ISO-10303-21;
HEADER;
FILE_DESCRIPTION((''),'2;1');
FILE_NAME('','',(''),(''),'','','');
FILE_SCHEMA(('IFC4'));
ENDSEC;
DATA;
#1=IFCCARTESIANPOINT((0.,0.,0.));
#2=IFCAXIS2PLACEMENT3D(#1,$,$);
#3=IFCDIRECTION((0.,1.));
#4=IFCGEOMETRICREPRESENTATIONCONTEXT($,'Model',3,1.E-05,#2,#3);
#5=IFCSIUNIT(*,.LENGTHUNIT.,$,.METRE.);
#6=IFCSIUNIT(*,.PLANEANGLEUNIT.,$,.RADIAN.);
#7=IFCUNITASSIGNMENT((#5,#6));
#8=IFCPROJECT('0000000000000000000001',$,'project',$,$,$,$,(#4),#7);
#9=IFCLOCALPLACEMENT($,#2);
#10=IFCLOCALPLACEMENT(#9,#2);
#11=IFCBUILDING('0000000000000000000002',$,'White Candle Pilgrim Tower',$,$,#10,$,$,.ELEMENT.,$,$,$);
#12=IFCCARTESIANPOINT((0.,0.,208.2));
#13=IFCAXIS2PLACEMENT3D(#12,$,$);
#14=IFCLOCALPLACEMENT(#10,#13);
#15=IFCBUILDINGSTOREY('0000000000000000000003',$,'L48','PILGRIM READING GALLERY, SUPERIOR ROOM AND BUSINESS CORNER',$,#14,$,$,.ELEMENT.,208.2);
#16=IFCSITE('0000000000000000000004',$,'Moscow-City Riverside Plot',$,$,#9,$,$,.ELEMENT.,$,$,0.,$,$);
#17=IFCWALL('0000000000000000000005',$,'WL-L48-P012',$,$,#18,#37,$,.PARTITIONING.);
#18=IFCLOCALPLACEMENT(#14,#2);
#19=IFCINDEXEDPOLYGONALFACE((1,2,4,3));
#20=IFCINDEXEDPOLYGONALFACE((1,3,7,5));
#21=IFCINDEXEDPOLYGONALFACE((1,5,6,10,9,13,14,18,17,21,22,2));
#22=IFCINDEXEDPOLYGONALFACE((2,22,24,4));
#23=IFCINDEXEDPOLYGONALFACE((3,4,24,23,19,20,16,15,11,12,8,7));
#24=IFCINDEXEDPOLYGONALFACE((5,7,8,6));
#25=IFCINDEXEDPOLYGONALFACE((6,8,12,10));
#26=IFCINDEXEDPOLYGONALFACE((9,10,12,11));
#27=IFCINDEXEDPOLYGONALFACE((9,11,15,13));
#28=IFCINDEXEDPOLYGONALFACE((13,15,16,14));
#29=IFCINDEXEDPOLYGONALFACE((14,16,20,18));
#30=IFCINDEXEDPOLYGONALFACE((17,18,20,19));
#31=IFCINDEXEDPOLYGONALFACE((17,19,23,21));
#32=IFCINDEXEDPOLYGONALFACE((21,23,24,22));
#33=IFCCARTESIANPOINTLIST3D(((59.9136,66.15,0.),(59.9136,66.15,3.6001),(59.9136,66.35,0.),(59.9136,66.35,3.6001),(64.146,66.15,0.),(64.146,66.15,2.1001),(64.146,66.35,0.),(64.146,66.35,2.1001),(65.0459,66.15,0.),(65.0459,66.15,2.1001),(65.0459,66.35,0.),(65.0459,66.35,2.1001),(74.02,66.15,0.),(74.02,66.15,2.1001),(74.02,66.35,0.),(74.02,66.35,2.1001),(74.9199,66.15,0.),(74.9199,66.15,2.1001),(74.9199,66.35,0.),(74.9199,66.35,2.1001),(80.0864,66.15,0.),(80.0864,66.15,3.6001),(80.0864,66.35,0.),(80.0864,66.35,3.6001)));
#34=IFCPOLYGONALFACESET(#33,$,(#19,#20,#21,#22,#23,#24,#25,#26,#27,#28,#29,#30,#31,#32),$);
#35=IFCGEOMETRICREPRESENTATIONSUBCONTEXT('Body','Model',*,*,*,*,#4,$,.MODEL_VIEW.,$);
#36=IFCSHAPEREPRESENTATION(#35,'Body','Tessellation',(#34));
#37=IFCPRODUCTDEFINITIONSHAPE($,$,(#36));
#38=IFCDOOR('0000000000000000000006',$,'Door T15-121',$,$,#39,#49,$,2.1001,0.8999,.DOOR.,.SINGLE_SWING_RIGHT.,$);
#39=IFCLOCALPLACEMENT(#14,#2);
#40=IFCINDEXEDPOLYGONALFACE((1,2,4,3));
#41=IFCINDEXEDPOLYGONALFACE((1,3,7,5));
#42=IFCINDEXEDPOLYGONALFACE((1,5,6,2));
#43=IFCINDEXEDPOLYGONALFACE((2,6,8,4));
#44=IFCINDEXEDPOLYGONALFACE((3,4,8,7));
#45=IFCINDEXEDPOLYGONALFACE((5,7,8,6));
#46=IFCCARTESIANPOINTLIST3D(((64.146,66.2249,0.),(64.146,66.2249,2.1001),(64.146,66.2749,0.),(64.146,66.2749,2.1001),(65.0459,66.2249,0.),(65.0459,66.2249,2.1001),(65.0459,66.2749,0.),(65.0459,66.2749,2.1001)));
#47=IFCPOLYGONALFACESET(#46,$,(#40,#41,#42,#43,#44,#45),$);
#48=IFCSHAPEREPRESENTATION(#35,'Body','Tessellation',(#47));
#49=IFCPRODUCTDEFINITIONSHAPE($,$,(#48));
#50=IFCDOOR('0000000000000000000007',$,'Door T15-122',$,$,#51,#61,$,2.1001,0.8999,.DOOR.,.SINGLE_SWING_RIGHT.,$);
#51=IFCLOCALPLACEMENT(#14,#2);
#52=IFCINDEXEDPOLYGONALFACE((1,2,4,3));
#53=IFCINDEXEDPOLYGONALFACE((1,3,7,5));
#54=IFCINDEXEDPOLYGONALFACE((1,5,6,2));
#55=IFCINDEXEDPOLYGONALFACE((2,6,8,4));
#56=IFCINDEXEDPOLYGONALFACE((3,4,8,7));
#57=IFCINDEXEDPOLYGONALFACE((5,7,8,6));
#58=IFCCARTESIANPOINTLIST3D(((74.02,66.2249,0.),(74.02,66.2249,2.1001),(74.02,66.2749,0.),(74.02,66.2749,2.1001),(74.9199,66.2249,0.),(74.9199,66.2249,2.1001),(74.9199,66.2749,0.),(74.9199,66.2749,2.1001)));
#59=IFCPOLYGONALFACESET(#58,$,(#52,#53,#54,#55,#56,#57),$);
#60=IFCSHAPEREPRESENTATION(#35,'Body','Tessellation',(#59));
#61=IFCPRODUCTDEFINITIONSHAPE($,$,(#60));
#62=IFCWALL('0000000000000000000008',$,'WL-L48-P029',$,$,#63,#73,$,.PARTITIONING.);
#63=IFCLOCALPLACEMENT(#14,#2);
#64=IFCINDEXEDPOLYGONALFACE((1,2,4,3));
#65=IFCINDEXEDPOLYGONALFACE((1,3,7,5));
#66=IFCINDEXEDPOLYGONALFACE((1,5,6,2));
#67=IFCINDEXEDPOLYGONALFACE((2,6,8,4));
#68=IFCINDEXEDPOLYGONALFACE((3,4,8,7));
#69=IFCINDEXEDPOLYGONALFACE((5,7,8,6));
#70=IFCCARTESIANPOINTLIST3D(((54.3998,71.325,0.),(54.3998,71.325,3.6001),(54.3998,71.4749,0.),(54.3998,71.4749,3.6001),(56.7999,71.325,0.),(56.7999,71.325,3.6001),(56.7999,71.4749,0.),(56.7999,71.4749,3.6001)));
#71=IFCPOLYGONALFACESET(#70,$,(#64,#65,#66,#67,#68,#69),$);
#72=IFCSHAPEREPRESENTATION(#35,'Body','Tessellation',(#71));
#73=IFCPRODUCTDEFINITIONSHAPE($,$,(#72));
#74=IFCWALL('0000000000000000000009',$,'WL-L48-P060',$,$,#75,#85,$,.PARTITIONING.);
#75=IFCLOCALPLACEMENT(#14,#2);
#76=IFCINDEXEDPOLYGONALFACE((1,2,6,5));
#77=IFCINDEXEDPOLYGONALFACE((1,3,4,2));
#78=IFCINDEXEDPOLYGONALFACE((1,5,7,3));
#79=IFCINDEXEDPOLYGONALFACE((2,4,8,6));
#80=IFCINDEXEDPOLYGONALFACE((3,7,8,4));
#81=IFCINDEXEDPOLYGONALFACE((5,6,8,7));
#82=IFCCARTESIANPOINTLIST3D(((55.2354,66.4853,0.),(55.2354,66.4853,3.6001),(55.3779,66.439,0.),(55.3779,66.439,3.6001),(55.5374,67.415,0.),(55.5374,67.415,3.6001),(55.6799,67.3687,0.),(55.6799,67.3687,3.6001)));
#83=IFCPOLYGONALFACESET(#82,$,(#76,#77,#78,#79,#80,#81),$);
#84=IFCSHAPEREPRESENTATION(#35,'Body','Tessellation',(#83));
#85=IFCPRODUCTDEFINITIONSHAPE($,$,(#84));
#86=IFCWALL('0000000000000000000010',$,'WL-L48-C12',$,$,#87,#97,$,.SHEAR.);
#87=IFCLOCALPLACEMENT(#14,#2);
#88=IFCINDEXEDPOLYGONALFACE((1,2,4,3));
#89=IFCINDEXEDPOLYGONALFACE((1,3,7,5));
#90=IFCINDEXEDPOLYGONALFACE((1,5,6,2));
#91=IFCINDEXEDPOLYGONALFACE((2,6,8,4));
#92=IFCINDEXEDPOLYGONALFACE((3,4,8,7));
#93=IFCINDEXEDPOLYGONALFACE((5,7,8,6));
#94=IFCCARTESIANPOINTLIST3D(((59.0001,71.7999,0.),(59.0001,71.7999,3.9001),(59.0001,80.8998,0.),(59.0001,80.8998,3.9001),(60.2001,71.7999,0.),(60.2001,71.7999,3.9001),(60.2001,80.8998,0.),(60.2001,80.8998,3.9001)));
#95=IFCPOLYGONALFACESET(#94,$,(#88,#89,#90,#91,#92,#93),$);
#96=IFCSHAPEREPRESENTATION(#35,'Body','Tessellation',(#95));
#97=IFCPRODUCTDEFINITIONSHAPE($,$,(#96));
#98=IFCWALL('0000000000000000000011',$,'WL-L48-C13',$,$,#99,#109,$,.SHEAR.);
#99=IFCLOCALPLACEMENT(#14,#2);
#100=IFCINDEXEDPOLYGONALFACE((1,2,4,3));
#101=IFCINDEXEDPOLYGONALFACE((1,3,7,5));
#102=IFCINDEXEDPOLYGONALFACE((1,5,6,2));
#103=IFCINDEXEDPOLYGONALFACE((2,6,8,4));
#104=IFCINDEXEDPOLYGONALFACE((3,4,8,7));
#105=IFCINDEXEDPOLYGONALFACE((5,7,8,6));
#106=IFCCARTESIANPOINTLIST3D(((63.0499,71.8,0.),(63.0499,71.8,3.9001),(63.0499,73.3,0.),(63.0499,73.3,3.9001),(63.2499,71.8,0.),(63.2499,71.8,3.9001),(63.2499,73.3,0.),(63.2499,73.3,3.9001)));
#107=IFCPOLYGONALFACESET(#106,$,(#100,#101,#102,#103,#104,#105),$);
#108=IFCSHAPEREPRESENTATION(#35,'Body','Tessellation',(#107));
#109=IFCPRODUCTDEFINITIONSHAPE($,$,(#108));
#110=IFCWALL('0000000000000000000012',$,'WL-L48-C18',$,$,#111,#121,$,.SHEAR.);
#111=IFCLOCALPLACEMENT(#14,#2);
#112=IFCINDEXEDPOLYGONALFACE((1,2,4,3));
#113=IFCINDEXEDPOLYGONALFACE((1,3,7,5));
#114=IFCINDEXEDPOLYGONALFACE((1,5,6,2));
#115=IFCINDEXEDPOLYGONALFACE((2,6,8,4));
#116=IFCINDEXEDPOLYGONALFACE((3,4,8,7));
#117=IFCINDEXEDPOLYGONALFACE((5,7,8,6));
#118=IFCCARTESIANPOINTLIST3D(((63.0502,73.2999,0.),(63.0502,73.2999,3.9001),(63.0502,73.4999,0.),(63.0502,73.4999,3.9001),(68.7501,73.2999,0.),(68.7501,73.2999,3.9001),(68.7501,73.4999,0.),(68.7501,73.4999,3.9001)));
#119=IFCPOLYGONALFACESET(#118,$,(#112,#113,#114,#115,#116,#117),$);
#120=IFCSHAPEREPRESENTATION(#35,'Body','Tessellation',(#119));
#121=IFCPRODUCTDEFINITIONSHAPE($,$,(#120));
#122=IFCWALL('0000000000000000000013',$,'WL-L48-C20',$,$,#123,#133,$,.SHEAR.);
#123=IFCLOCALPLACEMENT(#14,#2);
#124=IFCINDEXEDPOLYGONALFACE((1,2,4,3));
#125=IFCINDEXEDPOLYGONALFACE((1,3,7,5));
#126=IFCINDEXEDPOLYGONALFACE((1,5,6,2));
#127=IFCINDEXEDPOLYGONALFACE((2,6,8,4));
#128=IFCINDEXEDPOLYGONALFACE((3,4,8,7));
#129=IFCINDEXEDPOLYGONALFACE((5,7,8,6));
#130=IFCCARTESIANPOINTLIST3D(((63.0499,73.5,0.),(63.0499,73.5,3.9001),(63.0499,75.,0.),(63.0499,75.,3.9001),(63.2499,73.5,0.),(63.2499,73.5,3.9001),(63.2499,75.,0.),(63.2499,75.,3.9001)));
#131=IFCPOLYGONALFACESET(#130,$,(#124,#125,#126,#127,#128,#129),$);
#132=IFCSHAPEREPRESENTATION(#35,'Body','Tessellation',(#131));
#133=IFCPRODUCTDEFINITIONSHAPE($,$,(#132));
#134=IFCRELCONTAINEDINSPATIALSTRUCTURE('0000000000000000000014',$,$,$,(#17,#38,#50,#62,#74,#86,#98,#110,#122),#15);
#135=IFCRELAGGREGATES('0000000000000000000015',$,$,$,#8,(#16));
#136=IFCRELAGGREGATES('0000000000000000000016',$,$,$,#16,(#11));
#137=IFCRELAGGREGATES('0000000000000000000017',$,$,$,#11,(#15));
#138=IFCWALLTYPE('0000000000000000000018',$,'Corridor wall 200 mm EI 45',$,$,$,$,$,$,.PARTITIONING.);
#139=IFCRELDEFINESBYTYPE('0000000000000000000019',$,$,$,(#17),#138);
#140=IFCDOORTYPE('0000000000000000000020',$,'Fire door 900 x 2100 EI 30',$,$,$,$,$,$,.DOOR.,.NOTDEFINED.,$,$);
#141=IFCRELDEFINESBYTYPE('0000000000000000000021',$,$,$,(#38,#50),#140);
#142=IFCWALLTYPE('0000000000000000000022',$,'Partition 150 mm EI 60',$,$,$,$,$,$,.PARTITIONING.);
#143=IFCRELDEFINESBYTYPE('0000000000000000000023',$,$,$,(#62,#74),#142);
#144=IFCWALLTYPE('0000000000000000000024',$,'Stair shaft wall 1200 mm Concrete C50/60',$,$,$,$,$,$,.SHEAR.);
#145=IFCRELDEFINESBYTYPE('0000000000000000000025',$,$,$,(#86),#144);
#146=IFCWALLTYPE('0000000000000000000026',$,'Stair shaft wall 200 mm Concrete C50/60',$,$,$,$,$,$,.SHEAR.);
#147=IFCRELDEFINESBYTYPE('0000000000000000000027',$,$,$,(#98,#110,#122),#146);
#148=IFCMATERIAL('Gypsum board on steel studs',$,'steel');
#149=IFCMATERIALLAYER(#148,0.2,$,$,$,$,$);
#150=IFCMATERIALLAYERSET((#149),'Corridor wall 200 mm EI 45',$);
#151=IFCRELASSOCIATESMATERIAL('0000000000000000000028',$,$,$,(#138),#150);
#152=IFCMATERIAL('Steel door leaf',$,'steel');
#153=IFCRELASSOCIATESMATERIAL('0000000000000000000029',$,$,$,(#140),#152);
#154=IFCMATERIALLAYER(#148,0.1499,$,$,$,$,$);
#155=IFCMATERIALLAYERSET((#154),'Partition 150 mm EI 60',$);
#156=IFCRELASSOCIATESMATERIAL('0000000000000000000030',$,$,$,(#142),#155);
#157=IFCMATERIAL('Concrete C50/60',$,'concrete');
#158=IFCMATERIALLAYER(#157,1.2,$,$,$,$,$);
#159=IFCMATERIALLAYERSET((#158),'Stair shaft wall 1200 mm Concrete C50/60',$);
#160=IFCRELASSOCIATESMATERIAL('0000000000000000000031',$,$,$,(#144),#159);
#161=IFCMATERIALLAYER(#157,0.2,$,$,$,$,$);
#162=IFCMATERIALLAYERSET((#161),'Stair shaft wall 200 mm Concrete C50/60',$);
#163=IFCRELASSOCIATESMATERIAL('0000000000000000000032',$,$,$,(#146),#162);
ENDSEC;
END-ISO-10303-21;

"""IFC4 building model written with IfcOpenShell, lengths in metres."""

from ifc_helpers import new_model, si_unit, direction, frame, frame_2d, origin, place, context, subcontext, project, spatial, rectangle, extrude, material, layer, layer_set, type_object, element, fill, save


model = new_model("IFC4")

# Units and contexts
model_context = context("Model", 3, precision=1e-05, world=origin(), true_north=direction((0.0, 1.0)))
body_context = subcontext(model_context, "Body", "Model", "MODEL_VIEW")
ifc_project = project(units=[si_unit("LENGTHUNIT", "METRE"), si_unit("PLANEANGLEUNIT", "RADIAN")], contexts=[model_context])

# Site, building, storey
site_placement = place(None, origin())
site = spatial("IfcSite", under=ifc_project, at=site_placement, Name="Moscow-City Riverside Plot", CompositionType="ELEMENT", RefElevation=0.0)
building_placement = place(site_placement, origin())
building = spatial("IfcBuilding", under=site, at=building_placement, Name="White Candle Pilgrim Tower", CompositionType="ELEMENT")
storey_placement = place(building_placement, frame((0.0, 0.0, 208.2)))
storey = spatial("IfcBuildingStorey", under=building, at=storey_placement, Name="L48", Description="PILGRIM READING GALLERY, SUPERIOR ROOM AND BUSINESS CORNER", CompositionType="ELEMENT", Elevation=208.2)

# Shared definitions
ifc_material_1 = material(Name="Gypsum board on steel studs", Category="steel")
ifc_layer_1 = layer(ifc_material_1, 0.2)
ifc_layer_set_1 = layer_set([ifc_layer_1], Name="Corridor wall 200 mm EI 45")
wall_type_1 = type_object("IfcWallType", Name="Corridor wall 200 mm EI 45", PredefinedType="PARTITIONING", material=ifc_layer_set_1)
ifc_material_2 = material(Name="Steel door leaf", Category="steel")
door_type_1 = type_object("IfcDoorType", Name="Fire door 900 x 2100 EI 30", OperationType="NOTDEFINED", PredefinedType="DOOR", material=ifc_material_2)

# Wall, openings, doors
wall_1_placement = place(storey_placement, frame((59.9136, 66.25, 0.0), z_axis=(0.0, 0.0, 1.0), x_axis=(1.0, 0.0, 0.0)))
wall_1 = element("IfcWall", 1, at=wall_1_placement, inside=storey, type_object=wall_type_1, Name="WL-L48-P012", PredefinedType="PARTITIONING", context=body_context, shape_type="SweptSolid", body=[
    extrude(rectangle(XDim=20.1729, YDim=0.2, at=frame_2d((10.0864, 0.0))), origin(), (0.0, 0.0, 1.0), 3.6001),
])
opening_1_placement = place(wall_1_placement, frame((4.2324, 0.0, 0.0)))
opening_1 = element("IfcOpeningElement", 2, at=opening_1_placement, cuts=wall_1, PredefinedType="OPENING", context=body_context, shape_type="SweptSolid", body=[
    extrude(rectangle(XDim=0.8999, YDim=2.1001, at=frame_2d((0.45, 1.05))), frame((0.0, 0.1099, 0.0), z_axis=(0.0, -1.0, 0.0), x_axis=(1.0, 0.0, 0.0)), (0.0, 0.0, 1.0), 0.22),
])
opening_2_placement = place(wall_1_placement, frame((14.1064, 0.0, 0.0)))
opening_2 = element("IfcOpeningElement", 3, at=opening_2_placement, cuts=wall_1, PredefinedType="OPENING", context=body_context, shape_type="SweptSolid", body=[
    extrude(rectangle(XDim=0.8999, YDim=2.1001, at=frame_2d((0.45, 1.05))), frame((0.0, 0.1099, 0.0), z_axis=(0.0, -1.0, 0.0), x_axis=(1.0, 0.0, 0.0)), (0.0, 0.0, 1.0), 0.22),
])
door_1_placement = place(opening_1_placement, origin())
door_1 = element("IfcDoor", 4, at=door_1_placement, inside=storey, type_object=door_type_1, Name="Door T15-121", OperationType="SINGLE_SWING_RIGHT", OverallHeight=2.1001, OverallWidth=0.8999, PredefinedType="DOOR", context=body_context, shape_type="SweptSolid", body=[
    extrude(rectangle(XDim=0.8999, YDim=2.1001, at=frame_2d((0.45, 1.05))), frame((0.0, 0.0249, 0.0), z_axis=(0.0, -1.0, 0.0), x_axis=(1.0, 0.0, 0.0)), (0.0, 0.0, 1.0), 0.05),
])
fill(opening_1, door_1)
door_2_placement = place(opening_2_placement, origin())
door_2 = element("IfcDoor", 5, at=door_2_placement, inside=storey, type_object=door_type_1, Name="Door T15-122", OperationType="SINGLE_SWING_RIGHT", OverallHeight=2.1001, OverallWidth=0.8999, PredefinedType="DOOR", context=body_context, shape_type="SweptSolid", body=[
    extrude(rectangle(XDim=0.8999, YDim=2.1001, at=frame_2d((0.45, 1.05))), frame((0.0, 0.0249, 0.0), z_axis=(0.0, -1.0, 0.0), x_axis=(1.0, 0.0, 0.0)), (0.0, 0.0, 1.0), 0.05),
])
fill(opening_2, door_2)

# Walls
ifc_layer_2 = layer(ifc_material_1, 0.1499)
ifc_layer_set_2 = layer_set([ifc_layer_2], Name="Partition 150 mm EI 60")
wall_type_2 = type_object("IfcWallType", Name="Partition 150 mm EI 60", PredefinedType="PARTITIONING", material=ifc_layer_set_2)
wall_2_placement = place(storey_placement, frame((56.8, 71.3999, 0.0), z_axis=(0.0, 0.0, 1.0), x_axis=(-1.0, 0.0, 0.0)))
element("IfcWall", 6, at=wall_2_placement, inside=storey, type_object=wall_type_2, Name="WL-L48-P029", PredefinedType="PARTITIONING", context=body_context, shape_type="SweptSolid", body=[
    extrude(rectangle(XDim=2.4001, YDim=0.1499, at=frame_2d((1.2002, 0.0))), origin(), (0.0, 0.0, 1.0), 3.6001),
])
wall_3_placement = place(storey_placement, frame((55.3066, 66.4622, 0.0), z_axis=(0.0, 0.0, 1.0), x_axis=(0.308951, 0.951078, 0.0)))
element("IfcWall", 7, at=wall_3_placement, inside=storey, type_object=wall_type_2, Name="WL-L48-P060", PredefinedType="PARTITIONING", context=body_context, shape_type="SweptSolid", body=[
    extrude(rectangle(XDim=0.9775, YDim=0.1499, at=frame_2d((0.4888, 0.0))), origin(), (0.0, 0.0, 1.0), 3.6001),
])
ifc_material_3 = material(Name="Concrete C50/60", Category="concrete")
ifc_layer_3 = layer(ifc_material_3, 1.2)
ifc_layer_set_3 = layer_set([ifc_layer_3], Name="Stair shaft wall 1200 mm Concrete C50/60")
wall_type_3 = type_object("IfcWallType", Name="Stair shaft wall 1200 mm Concrete C50/60", PredefinedType="SHEAR", material=ifc_layer_set_3)
wall_4_placement = place(storey_placement, frame((59.6001, 71.8, 0.0), z_axis=(0.0, 0.0, 1.0), x_axis=(0.0, 1.0, 0.0)))
element("IfcWall", 8, at=wall_4_placement, inside=storey, type_object=wall_type_3, Name="WL-L48-C12", PredefinedType="SHEAR", context=body_context, shape_type="SweptSolid", body=[
    extrude(rectangle(XDim=9.0999, YDim=1.2, at=frame_2d((4.5498, 0.0))), origin(), (0.0, 0.0, 1.0), 3.9001),
])
ifc_layer_4 = layer(ifc_material_3, 0.2)
ifc_layer_set_4 = layer_set([ifc_layer_4], Name="Stair shaft wall 200 mm Concrete C50/60")
wall_type_4 = type_object("IfcWallType", Name="Stair shaft wall 200 mm Concrete C50/60", PredefinedType="SHEAR", material=ifc_layer_set_4)
wall_5_placement = place(storey_placement, frame((63.1499, 71.8, 0.0), z_axis=(0.0, 0.0, 1.0), x_axis=(0.0, 1.0, 0.0)))
element("IfcWall", 9, at=wall_5_placement, inside=storey, type_object=wall_type_4, Name="WL-L48-C13", PredefinedType="SHEAR", context=body_context, shape_type="SweptSolid", body=[
    extrude(rectangle(XDim=1.5, YDim=0.2, at=frame_2d((0.75, 0.0))), origin(), (0.0, 0.0, 1.0), 3.9001),
])
wall_6_placement = place(storey_placement, frame((63.05, 73.3999, 0.0), z_axis=(0.0, 0.0, 1.0), x_axis=(1.0, 0.0, 0.0)))
element("IfcWall", 10, at=wall_6_placement, inside=storey, type_object=wall_type_4, Name="WL-L48-C18", PredefinedType="SHEAR", context=body_context, shape_type="SweptSolid", body=[
    extrude(rectangle(XDim=5.7, YDim=0.2, at=frame_2d((2.8501, 0.0))), origin(), (0.0, 0.0, 1.0), 3.9001),
])
wall_7_placement = place(storey_placement, frame((63.1499, 73.5, 0.0), z_axis=(0.0, 0.0, 1.0), x_axis=(0.0, 1.0, 0.0)))
element("IfcWall", 11, at=wall_7_placement, inside=storey, type_object=wall_type_4, Name="WL-L48-C20", PredefinedType="SHEAR", context=body_context, shape_type="SweptSolid", body=[
    extrude(rectangle(XDim=1.5, YDim=0.2, at=frame_2d((0.75, 0.0))), origin(), (0.0, 0.0, 1.0), 3.9001),
])

save(model, "model.ifc")
